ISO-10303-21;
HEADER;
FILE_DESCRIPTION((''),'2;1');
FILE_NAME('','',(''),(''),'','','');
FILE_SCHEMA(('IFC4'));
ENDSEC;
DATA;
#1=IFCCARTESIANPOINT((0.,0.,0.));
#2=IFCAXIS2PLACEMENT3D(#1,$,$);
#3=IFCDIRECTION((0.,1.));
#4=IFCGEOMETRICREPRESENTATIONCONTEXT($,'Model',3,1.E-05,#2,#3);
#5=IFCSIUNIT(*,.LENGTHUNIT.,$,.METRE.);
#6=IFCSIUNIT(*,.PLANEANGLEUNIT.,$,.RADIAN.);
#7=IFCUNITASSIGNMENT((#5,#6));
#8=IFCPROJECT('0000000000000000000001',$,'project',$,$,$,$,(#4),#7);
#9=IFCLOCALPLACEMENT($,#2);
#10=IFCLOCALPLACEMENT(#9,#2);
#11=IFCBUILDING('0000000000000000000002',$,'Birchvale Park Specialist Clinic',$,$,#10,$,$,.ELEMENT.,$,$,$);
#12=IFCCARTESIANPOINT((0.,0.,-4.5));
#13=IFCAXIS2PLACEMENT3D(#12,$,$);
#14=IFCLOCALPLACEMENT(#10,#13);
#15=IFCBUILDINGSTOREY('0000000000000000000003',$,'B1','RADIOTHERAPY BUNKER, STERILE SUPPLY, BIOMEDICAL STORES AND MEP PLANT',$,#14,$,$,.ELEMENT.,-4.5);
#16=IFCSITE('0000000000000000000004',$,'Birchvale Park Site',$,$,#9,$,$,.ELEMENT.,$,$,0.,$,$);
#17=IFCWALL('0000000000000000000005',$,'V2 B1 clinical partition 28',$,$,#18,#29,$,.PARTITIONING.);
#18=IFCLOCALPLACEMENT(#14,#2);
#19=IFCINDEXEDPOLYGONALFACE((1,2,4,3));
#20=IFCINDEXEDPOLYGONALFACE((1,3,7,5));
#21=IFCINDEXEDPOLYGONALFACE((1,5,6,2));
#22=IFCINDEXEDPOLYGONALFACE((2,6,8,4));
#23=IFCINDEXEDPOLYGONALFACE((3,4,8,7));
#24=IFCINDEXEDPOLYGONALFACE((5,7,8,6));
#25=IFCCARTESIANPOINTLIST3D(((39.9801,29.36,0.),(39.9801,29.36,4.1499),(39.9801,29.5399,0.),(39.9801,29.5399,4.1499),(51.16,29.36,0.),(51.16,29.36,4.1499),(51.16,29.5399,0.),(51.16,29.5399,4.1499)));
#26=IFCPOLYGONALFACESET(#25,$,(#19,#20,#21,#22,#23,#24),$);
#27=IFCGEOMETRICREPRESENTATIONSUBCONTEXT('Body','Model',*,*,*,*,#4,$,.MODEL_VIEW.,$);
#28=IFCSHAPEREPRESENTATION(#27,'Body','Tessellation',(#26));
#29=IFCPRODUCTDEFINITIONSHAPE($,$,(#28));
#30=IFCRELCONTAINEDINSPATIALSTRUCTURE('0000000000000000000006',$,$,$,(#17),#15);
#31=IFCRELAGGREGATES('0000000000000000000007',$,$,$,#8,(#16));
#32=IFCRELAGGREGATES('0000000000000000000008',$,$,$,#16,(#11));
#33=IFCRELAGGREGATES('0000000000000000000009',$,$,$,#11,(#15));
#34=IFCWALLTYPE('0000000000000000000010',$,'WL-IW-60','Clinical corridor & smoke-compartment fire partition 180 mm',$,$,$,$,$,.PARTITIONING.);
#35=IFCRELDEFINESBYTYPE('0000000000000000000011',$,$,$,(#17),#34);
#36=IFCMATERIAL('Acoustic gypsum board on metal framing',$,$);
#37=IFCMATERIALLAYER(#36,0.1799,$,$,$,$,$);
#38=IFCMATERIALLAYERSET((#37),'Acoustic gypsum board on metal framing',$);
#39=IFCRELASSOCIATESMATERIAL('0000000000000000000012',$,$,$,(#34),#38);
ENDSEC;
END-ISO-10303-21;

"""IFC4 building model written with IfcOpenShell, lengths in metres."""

from ifc_helpers import new_model, si_unit, direction, frame, frame_2d, origin, place, context, subcontext, project, spatial, rectangle, extrude, material, layer, layer_set, type_object, element, save


model = new_model("IFC4")

# Units and contexts
model_context = context("Model", 3, precision=1e-05, world=origin(), true_north=direction((0.0, 1.0)))
body_context = subcontext(model_context, "Body", "Model", "MODEL_VIEW")
ifc_project = project(units=[si_unit("LENGTHUNIT", "METRE"), si_unit("PLANEANGLEUNIT", "RADIAN")], contexts=[model_context])

# Site, building, storey
site_placement = place(None, origin())
site = spatial("IfcSite", under=ifc_project, at=site_placement, Name="Birchvale Park Site", CompositionType="ELEMENT", RefElevation=0.0)
building_placement = place(site_placement, origin())
building = spatial("IfcBuilding", under=site, at=building_placement, Name="Birchvale Park Specialist Clinic", CompositionType="ELEMENT")
storey_placement = place(building_placement, frame((0.0, 0.0, -4.5)))
storey = spatial("IfcBuildingStorey", under=building, at=storey_placement, Name="B1", Description="RADIOTHERAPY BUNKER, STERILE SUPPLY, BIOMEDICAL STORES AND MEP PLANT", CompositionType="ELEMENT", Elevation=-4.5)

# Shared definitions
ifc_material_1 = material(Name="Acoustic gypsum board on metal framing")
ifc_layer = layer(ifc_material_1, 0.1799)
ifc_layer_set = layer_set([ifc_layer], Name="Acoustic gypsum board on metal framing")
wall_type = type_object("IfcWallType", Name="WL-IW-60", Description="Clinical corridor & smoke-compartment fire partition 180 mm", PredefinedType="PARTITIONING", material=ifc_layer_set)

# Wall
wall_1_placement = place(storey_placement, frame((51.1599, 29.45, 0.0), z_axis=(0.0, 0.0, 1.0), x_axis=(-1.0, 0.0, 0.0)))
element("IfcWall", 1, at=wall_1_placement, inside=storey, type_object=wall_type, Name="V2 B1 clinical partition 28", PredefinedType="PARTITIONING", context=body_context, shape_type="SweptSolid", body=[
    extrude(rectangle(XDim=11.1799, YDim=0.1799, at=frame_2d((5.5898, 0.0))), origin(), (0.0, 0.0, 1.0), 4.1499),
])

save(model, "model.ifc")
